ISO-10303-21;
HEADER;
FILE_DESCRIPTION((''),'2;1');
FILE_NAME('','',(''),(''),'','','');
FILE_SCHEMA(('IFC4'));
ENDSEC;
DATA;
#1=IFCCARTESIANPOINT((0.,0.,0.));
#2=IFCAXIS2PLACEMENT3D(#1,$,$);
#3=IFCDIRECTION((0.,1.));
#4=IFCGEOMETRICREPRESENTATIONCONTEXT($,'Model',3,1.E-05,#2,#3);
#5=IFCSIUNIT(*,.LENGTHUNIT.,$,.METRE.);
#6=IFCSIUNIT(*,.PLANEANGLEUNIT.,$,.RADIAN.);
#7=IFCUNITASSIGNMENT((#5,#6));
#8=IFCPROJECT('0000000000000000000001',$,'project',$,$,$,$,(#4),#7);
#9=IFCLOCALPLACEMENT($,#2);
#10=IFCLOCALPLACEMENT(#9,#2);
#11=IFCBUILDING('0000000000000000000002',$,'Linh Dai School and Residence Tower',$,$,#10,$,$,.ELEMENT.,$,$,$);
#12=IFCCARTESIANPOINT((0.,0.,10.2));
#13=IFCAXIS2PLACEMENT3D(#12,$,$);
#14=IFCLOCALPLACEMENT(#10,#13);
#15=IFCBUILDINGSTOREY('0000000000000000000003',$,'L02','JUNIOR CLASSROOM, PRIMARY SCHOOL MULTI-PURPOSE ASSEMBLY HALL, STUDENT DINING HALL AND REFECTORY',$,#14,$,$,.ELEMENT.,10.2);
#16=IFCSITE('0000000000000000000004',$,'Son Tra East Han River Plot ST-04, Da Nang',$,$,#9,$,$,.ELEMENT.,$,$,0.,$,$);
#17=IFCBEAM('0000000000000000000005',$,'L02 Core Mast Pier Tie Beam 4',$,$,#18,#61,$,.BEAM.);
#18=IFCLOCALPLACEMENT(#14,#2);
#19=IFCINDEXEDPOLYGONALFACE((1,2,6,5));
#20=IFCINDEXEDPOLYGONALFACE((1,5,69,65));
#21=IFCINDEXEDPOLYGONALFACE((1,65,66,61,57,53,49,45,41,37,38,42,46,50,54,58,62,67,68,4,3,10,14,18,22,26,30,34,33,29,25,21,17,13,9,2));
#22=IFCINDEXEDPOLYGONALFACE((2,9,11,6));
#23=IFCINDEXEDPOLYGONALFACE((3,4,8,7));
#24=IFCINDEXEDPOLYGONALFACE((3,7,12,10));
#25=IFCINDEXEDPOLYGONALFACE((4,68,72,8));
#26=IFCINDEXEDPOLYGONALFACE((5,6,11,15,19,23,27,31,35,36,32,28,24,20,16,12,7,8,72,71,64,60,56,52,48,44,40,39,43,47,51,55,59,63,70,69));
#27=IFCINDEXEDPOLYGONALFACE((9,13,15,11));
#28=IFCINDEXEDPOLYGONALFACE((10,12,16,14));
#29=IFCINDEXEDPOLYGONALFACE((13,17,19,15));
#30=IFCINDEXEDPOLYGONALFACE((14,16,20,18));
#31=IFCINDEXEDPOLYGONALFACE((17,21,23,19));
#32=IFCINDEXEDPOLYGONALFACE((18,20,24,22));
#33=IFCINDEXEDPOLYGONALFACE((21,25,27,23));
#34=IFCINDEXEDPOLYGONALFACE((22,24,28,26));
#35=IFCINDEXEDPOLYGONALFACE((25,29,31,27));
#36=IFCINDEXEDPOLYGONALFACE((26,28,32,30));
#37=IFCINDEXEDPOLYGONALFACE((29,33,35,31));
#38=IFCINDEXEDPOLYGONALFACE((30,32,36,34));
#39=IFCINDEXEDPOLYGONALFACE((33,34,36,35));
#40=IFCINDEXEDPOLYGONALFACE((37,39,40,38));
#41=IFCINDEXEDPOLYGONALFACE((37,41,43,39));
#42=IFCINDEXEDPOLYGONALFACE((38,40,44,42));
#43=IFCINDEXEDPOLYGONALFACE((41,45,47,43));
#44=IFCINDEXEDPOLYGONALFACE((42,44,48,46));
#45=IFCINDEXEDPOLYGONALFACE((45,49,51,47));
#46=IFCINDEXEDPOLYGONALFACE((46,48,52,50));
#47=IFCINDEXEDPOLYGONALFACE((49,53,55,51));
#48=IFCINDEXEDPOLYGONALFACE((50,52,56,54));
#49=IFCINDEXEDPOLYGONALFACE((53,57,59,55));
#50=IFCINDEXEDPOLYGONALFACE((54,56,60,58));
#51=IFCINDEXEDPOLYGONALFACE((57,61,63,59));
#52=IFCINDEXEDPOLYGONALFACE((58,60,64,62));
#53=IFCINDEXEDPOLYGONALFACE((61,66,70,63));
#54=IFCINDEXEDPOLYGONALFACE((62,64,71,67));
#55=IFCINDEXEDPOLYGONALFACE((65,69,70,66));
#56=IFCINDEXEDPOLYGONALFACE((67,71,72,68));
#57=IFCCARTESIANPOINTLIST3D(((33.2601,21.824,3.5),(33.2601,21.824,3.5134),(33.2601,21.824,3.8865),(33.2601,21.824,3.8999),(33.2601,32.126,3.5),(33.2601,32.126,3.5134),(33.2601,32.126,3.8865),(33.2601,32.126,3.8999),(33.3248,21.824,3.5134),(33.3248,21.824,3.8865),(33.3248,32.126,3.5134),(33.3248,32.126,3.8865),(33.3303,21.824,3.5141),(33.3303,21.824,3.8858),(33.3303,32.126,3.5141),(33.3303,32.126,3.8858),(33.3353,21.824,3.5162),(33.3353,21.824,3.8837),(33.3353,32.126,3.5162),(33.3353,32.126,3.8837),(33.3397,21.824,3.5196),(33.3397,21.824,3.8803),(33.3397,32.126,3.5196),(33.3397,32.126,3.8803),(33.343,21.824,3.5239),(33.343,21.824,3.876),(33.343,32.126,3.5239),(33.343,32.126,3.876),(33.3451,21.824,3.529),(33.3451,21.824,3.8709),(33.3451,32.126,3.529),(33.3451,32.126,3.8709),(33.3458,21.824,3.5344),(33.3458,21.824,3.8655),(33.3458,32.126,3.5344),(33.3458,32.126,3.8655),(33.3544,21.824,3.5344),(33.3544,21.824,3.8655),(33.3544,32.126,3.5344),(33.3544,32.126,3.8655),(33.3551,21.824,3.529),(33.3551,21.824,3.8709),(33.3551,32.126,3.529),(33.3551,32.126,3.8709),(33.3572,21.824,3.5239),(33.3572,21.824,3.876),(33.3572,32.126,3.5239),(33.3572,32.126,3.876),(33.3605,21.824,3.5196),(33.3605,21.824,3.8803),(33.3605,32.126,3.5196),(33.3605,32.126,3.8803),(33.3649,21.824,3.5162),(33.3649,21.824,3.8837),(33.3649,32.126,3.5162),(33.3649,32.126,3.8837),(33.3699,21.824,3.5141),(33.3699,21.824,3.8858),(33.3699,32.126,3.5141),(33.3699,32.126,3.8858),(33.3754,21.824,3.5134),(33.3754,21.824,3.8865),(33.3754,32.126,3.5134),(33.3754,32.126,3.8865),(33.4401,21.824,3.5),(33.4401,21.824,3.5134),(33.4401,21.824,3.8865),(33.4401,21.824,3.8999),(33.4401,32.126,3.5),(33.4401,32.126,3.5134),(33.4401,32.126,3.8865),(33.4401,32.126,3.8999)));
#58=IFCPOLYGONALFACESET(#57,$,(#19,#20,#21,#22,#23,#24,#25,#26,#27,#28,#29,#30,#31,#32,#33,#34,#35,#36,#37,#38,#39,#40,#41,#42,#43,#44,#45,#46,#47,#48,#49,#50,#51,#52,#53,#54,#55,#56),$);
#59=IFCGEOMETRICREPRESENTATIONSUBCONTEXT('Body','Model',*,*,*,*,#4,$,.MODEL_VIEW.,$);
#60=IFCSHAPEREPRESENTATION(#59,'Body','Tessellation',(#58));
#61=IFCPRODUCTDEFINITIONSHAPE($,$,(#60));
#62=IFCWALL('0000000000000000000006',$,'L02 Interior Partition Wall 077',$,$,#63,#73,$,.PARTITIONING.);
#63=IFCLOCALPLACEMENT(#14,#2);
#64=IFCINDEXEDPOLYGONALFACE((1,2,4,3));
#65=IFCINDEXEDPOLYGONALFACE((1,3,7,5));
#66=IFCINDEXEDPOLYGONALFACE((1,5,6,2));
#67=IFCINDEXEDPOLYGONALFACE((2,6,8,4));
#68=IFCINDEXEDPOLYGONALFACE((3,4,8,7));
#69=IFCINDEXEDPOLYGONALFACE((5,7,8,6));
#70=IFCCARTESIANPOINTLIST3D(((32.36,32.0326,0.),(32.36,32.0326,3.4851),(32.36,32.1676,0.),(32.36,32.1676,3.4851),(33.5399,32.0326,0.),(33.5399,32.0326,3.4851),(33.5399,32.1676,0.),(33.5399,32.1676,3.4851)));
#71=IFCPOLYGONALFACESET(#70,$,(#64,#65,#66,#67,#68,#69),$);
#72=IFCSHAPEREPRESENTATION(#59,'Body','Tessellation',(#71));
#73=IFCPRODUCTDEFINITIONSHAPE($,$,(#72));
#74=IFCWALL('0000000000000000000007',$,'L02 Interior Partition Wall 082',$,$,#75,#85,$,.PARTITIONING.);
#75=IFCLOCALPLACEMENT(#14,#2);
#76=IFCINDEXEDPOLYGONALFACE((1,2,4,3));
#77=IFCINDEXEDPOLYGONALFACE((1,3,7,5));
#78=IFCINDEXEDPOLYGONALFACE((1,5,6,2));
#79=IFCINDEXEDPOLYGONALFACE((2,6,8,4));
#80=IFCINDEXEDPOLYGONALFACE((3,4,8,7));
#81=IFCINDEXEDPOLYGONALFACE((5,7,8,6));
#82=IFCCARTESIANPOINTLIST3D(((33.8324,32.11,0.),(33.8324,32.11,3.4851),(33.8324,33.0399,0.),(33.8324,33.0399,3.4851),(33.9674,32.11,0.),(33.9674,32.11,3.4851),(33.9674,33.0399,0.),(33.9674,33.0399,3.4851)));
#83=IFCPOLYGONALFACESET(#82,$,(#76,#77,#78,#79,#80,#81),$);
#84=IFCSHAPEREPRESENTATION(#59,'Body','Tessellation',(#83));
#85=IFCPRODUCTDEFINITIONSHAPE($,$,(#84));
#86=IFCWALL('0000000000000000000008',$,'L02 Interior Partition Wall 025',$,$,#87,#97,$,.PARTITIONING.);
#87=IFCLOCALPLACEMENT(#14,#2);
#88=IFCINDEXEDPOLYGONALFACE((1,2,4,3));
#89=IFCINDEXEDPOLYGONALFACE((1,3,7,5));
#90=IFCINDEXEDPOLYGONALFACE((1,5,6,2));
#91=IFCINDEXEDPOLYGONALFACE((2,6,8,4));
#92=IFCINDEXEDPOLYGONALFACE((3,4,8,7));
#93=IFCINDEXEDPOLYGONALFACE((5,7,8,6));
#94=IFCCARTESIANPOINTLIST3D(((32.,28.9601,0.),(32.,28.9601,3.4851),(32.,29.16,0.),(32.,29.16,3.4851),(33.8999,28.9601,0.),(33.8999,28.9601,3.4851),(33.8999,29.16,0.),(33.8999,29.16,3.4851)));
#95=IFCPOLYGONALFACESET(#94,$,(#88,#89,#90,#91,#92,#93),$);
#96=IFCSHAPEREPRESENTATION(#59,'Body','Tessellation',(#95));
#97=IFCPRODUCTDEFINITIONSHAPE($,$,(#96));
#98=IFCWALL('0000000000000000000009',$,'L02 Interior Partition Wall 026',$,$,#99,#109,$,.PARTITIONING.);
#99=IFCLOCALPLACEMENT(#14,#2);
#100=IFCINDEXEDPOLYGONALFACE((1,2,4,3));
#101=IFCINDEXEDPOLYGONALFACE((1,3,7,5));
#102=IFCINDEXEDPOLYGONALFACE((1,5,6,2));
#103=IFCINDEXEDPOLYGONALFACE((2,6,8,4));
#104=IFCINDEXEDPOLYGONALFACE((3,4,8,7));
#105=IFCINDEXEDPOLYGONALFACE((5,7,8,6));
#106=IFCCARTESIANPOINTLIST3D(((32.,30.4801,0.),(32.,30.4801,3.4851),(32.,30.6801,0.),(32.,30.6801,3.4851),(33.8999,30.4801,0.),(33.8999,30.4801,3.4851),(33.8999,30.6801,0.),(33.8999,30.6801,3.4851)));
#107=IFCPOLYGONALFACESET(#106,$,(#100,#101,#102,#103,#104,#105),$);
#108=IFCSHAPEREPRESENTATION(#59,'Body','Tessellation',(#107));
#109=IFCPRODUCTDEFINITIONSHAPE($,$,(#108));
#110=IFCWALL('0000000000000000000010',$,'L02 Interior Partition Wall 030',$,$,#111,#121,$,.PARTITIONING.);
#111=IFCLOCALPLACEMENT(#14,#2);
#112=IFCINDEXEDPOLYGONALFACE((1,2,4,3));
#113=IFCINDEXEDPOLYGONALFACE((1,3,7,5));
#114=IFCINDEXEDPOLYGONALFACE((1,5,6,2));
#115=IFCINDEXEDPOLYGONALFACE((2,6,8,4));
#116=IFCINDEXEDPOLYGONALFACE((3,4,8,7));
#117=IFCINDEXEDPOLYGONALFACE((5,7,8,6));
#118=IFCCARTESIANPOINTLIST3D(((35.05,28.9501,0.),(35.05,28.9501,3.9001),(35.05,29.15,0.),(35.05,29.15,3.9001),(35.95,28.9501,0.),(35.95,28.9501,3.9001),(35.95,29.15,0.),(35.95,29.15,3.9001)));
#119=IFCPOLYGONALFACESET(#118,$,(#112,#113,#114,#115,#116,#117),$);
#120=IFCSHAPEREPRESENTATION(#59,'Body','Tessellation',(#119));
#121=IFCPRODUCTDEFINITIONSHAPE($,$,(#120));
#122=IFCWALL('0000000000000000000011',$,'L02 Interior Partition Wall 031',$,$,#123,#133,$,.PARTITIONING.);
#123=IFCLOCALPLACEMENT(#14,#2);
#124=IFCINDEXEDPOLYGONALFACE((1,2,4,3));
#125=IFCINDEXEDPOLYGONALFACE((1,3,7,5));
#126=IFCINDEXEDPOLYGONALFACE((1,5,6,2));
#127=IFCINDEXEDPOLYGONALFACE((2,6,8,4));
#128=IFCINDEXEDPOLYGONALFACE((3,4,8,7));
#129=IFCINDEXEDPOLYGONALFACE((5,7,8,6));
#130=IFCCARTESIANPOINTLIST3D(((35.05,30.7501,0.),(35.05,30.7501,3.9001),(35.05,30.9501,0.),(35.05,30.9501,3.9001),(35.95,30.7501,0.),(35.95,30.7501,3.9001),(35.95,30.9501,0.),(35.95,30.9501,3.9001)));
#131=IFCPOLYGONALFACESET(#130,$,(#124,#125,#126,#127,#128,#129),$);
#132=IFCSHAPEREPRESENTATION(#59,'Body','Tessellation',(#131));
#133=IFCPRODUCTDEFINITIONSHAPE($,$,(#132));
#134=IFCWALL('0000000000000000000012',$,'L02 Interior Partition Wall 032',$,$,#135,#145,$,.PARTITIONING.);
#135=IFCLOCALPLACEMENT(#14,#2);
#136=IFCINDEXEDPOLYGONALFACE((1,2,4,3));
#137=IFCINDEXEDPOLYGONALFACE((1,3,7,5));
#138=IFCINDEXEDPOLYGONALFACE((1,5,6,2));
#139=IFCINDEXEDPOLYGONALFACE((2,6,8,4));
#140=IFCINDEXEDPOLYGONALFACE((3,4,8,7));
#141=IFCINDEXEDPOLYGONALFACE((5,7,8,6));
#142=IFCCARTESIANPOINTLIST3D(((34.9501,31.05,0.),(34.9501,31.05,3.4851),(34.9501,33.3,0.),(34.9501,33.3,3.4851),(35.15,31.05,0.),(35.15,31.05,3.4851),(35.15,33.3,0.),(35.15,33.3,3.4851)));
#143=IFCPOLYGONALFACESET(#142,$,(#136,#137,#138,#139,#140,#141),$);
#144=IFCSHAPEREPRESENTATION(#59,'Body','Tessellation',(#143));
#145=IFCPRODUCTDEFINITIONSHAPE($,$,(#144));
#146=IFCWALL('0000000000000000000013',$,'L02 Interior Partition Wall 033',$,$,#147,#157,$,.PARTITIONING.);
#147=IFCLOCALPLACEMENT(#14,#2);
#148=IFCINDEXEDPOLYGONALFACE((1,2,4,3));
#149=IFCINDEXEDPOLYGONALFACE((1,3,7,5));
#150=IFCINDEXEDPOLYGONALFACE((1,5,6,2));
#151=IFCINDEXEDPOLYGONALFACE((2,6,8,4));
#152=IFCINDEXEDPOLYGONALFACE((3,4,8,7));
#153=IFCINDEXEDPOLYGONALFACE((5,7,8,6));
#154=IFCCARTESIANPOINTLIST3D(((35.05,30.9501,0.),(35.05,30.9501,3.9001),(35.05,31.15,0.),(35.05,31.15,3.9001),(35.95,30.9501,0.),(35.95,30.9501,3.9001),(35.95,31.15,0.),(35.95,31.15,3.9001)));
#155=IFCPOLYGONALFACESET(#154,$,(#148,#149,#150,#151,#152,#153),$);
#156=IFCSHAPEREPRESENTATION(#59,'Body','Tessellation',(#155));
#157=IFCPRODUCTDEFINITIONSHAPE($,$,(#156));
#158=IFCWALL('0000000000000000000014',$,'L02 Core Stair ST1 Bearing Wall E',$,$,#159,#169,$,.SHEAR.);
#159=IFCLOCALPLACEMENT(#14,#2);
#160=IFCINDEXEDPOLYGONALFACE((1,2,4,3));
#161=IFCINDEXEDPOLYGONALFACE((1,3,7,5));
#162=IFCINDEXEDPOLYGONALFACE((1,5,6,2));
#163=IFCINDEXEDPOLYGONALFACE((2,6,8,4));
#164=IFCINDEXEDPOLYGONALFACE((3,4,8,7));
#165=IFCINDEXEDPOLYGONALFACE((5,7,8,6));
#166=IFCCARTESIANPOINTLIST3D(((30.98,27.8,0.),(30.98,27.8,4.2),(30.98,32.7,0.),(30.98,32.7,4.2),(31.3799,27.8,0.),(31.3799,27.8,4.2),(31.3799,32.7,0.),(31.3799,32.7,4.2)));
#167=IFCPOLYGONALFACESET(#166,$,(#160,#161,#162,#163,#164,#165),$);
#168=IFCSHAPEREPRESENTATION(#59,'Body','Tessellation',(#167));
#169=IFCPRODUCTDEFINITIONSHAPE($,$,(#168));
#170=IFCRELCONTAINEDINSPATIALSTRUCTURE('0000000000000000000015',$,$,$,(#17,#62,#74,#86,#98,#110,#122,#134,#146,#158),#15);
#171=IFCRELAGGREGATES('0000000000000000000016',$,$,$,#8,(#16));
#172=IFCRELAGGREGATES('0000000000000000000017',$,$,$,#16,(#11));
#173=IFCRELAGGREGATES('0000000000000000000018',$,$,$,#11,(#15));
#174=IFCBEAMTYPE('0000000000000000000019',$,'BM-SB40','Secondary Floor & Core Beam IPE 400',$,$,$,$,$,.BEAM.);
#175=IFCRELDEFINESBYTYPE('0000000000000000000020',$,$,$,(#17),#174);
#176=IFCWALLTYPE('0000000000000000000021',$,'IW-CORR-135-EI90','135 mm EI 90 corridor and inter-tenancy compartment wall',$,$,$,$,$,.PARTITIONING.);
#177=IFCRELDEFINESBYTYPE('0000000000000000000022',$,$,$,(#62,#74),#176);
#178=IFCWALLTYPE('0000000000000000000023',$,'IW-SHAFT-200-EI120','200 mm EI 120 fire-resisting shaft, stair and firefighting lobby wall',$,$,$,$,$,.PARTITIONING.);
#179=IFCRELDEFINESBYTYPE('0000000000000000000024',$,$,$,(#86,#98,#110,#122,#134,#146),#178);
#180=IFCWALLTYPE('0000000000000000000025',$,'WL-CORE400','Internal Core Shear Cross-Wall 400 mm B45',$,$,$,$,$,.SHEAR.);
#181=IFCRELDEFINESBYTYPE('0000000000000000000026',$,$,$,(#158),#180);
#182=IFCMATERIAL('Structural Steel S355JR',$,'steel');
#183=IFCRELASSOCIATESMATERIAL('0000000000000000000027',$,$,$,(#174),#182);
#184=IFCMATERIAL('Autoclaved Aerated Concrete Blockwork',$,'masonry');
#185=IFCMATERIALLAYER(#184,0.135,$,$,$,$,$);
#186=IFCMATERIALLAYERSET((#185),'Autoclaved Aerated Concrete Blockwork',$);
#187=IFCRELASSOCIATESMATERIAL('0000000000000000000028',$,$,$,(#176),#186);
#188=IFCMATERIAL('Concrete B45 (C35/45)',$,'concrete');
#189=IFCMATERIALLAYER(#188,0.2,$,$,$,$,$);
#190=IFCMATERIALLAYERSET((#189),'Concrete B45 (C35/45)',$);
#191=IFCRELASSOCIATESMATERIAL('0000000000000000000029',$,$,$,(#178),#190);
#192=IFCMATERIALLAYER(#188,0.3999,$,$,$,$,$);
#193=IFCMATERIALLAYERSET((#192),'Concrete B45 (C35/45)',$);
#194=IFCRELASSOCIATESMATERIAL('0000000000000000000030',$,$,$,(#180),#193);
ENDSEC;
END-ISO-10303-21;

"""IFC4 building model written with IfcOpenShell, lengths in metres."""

from ifc_helpers import new_model, si_unit, direction, frame, frame_2d, origin, origin_2d, place, context, subcontext, project, spatial, rectangle, i_section, extrude, material, layer, layer_set, material_profile, profile_set, type_object, element, save


model = new_model("IFC4")

# Units and contexts
model_context = context("Model", 3, precision=1e-05, world=origin(), true_north=direction((0.0, 1.0)))
body_context = subcontext(model_context, "Body", "Model", "MODEL_VIEW")
ifc_project = project(units=[si_unit("LENGTHUNIT", "METRE"), si_unit("PLANEANGLEUNIT", "RADIAN")], contexts=[model_context])

# Site, building, storey
site_placement = place(None, origin())
site = spatial("IfcSite", under=ifc_project, at=site_placement, Name="Son Tra East Han River Plot ST-04, Da Nang", CompositionType="ELEMENT", RefElevation=0.0)
building_placement = place(site_placement, origin())
building = spatial("IfcBuilding", under=site, at=building_placement, Name="Linh Dai School and Residence Tower", CompositionType="ELEMENT")
storey_placement = place(building_placement, frame((0.0, 0.0, 10.2)))
storey = spatial("IfcBuildingStorey", under=building, at=storey_placement, Name="L02", Description="JUNIOR CLASSROOM, PRIMARY SCHOOL MULTI-PURPOSE ASSEMBLY HALL, STUDENT DINING HALL AND REFECTORY", CompositionType="ELEMENT", Elevation=10.2)

# Shared definitions
ifc_material_1 = material(Name="Structural Steel S355JR", Category="steel")

# Beam
ifc_material_profile_1 = material_profile(ifc_material_1, i_section(OverallWidth=0.1799, OverallDepth=0.3999, WebThickness=0.0085, FlangeThickness=0.0134, FilletRadius=0.021, at=origin_2d()), Name="IPE 400")
ifc_profile_set_1 = profile_set([ifc_material_profile_1], Name="Structural Steel S355JR")
beam_type_1 = type_object("IfcBeamType", Name="BM-SB40", Description="Secondary Floor & Core Beam IPE 400", PredefinedType="BEAM", material=ifc_profile_set_1)
beam_1_placement = place(storey_placement, frame((33.3501, 32.126, 3.7), z_axis=(0.0, -1.0, 0.0), x_axis=(1.0, 0.0, 0.0)))
element("IfcBeam", 1, at=beam_1_placement, inside=storey, type_object=beam_type_1, Name="L02 Core Mast Pier Tie Beam 4", PredefinedType="BEAM", context=body_context, shape_type="SweptSolid", body=[
    extrude(i_section(OverallWidth=0.1799, OverallDepth=0.3999, WebThickness=0.0085, FlangeThickness=0.0134, FilletRadius=0.021, at=origin_2d()), origin(), (0.0, 0.0, 1.0), 10.302),
])

# Walls
ifc_material_2 = material(Name="Autoclaved Aerated Concrete Blockwork", Category="masonry")
ifc_layer_1 = layer(ifc_material_2, 0.135)
ifc_layer_set_1 = layer_set([ifc_layer_1], Name="Autoclaved Aerated Concrete Blockwork")
wall_type_1 = type_object("IfcWallType", Name="IW-CORR-135-EI90", Description="135 mm EI 90 corridor and inter-tenancy compartment wall", PredefinedType="PARTITIONING", material=ifc_layer_set_1)
wall_1_placement = place(storey_placement, frame((32.3601, 32.1001, 0.0), z_axis=(0.0, 0.0, 1.0), x_axis=(1.0, 0.0, 0.0)))
element("IfcWall", 2, at=wall_1_placement, inside=storey, type_object=wall_type_1, Name="L02 Interior Partition Wall 077", PredefinedType="PARTITIONING", context=body_context, shape_type="SweptSolid", body=[
    extrude(rectangle(XDim=1.1799, YDim=0.135, at=frame_2d((0.5898, 0.0))), origin(), (0.0, 0.0, 1.0), 3.4851),
])
wall_2_placement = place(storey_placement, frame((33.8999, 32.1101, 0.0), z_axis=(0.0, 0.0, 1.0), x_axis=(0.0, 1.0, 0.0)))
element("IfcWall", 3, at=wall_2_placement, inside=storey, type_object=wall_type_1, Name="L02 Interior Partition Wall 082", PredefinedType="PARTITIONING", context=body_context, shape_type="SweptSolid", body=[
    extrude(rectangle(XDim=0.9299, YDim=0.135, at=frame_2d((0.4648, 0.0))), origin(), (0.0, 0.0, 1.0), 3.4851),
])

# Shared definitions
ifc_material_3 = material(Name="Concrete B45 (C35/45)", Category="concrete")
ifc_layer_2 = layer(ifc_material_3, 0.2)
ifc_layer_set_2 = layer_set([ifc_layer_2], Name="Concrete B45 (C35/45)")
wall_type_2 = type_object("IfcWallType", Name="IW-SHAFT-200-EI120", Description="200 mm EI 120 fire-resisting shaft, stair and firefighting lobby wall", PredefinedType="PARTITIONING", material=ifc_layer_set_2)

# Walls
for number, where, z_axis, x_axis, name in (
    (4, (32.0, 29.0601, 0.0), (0.0, 0.0, 1.0), (1.0, 0.0, 0.0), "L02 Interior Partition Wall 025"),
    (5, (32.0, 30.5801, 0.0), (0.0, 0.0, 1.0), (1.0, 0.0, 0.0), "L02 Interior Partition Wall 026"),
):
    element("IfcWall", number, at=place(storey_placement, frame(where, z_axis=z_axis, x_axis=x_axis)), inside=storey, type_object=wall_type_2, Name=name, PredefinedType="PARTITIONING", context=body_context, shape_type="SweptSolid", body=[
        extrude(rectangle(XDim=1.8999, YDim=0.2, at=frame_2d((0.95, 0.0))), origin(), (0.0, 0.0, 1.0), 3.4851),
    ])
for number, where, z_axis, x_axis, name in (
    (6, (35.05, 29.05, 0.0), (0.0, 0.0, 1.0), (1.0, 0.0, 0.0), "L02 Interior Partition Wall 030"),
    (7, (35.05, 30.8501, 0.0), (0.0, 0.0, 1.0), (1.0, 0.0, 0.0), "L02 Interior Partition Wall 031"),
):
    element("IfcWall", number, at=place(storey_placement, frame(where, z_axis=z_axis, x_axis=x_axis)), inside=storey, type_object=wall_type_2, Name=name, PredefinedType="PARTITIONING", context=body_context, shape_type="SweptSolid", body=[
        extrude(rectangle(XDim=0.8999, YDim=0.2, at=frame_2d((0.45, 0.0))), origin(), (0.0, 0.0, 1.0), 3.9001),
    ])
wall_3_placement = place(storey_placement, frame((35.05, 31.05, 0.0), z_axis=(0.0, 0.0, 1.0), x_axis=(0.0, 1.0, 0.0)))
element("IfcWall", 8, at=wall_3_placement, inside=storey, type_object=wall_type_2, Name="L02 Interior Partition Wall 032", PredefinedType="PARTITIONING", context=body_context, shape_type="SweptSolid", body=[
    extrude(rectangle(XDim=2.25, YDim=0.2, at=frame_2d((1.125, 0.0))), origin(), (0.0, 0.0, 1.0), 3.4851),
])
wall_4_placement = place(storey_placement, frame((35.05, 31.05, 0.0), z_axis=(0.0, 0.0, 1.0), x_axis=(1.0, 0.0, 0.0)))
element("IfcWall", 9, at=wall_4_placement, inside=storey, type_object=wall_type_2, Name="L02 Interior Partition Wall 033", PredefinedType="PARTITIONING", context=body_context, shape_type="SweptSolid", body=[
    extrude(rectangle(XDim=0.8999, YDim=0.2, at=frame_2d((0.45, 0.0))), origin(), (0.0, 0.0, 1.0), 3.9001),
])

# Wall
ifc_layer_3 = layer(ifc_material_3, 0.3999)
ifc_layer_set_3 = layer_set([ifc_layer_3], Name="Concrete B45 (C35/45)")
wall_type_3 = type_object("IfcWallType", Name="WL-CORE400", Description="Internal Core Shear Cross-Wall 400 mm B45", PredefinedType="SHEAR", material=ifc_layer_set_3)
wall_5_placement = place(storey_placement, frame((31.1799, 27.8, 0.0), z_axis=(0.0, 0.0, 1.0), x_axis=(0.0, 1.0, 0.0)))
element("IfcWall", 10, at=wall_5_placement, inside=storey, type_object=wall_type_3, Name="L02 Core Stair ST1 Bearing Wall E", PredefinedType="SHEAR", context=body_context, shape_type="SweptSolid", body=[
    extrude(rectangle(XDim=4.8999, YDim=0.3999, at=frame_2d((2.45, 0.0))), origin(), (0.0, 0.0, 1.0), 4.2),
])

save(model, "model.ifc")
